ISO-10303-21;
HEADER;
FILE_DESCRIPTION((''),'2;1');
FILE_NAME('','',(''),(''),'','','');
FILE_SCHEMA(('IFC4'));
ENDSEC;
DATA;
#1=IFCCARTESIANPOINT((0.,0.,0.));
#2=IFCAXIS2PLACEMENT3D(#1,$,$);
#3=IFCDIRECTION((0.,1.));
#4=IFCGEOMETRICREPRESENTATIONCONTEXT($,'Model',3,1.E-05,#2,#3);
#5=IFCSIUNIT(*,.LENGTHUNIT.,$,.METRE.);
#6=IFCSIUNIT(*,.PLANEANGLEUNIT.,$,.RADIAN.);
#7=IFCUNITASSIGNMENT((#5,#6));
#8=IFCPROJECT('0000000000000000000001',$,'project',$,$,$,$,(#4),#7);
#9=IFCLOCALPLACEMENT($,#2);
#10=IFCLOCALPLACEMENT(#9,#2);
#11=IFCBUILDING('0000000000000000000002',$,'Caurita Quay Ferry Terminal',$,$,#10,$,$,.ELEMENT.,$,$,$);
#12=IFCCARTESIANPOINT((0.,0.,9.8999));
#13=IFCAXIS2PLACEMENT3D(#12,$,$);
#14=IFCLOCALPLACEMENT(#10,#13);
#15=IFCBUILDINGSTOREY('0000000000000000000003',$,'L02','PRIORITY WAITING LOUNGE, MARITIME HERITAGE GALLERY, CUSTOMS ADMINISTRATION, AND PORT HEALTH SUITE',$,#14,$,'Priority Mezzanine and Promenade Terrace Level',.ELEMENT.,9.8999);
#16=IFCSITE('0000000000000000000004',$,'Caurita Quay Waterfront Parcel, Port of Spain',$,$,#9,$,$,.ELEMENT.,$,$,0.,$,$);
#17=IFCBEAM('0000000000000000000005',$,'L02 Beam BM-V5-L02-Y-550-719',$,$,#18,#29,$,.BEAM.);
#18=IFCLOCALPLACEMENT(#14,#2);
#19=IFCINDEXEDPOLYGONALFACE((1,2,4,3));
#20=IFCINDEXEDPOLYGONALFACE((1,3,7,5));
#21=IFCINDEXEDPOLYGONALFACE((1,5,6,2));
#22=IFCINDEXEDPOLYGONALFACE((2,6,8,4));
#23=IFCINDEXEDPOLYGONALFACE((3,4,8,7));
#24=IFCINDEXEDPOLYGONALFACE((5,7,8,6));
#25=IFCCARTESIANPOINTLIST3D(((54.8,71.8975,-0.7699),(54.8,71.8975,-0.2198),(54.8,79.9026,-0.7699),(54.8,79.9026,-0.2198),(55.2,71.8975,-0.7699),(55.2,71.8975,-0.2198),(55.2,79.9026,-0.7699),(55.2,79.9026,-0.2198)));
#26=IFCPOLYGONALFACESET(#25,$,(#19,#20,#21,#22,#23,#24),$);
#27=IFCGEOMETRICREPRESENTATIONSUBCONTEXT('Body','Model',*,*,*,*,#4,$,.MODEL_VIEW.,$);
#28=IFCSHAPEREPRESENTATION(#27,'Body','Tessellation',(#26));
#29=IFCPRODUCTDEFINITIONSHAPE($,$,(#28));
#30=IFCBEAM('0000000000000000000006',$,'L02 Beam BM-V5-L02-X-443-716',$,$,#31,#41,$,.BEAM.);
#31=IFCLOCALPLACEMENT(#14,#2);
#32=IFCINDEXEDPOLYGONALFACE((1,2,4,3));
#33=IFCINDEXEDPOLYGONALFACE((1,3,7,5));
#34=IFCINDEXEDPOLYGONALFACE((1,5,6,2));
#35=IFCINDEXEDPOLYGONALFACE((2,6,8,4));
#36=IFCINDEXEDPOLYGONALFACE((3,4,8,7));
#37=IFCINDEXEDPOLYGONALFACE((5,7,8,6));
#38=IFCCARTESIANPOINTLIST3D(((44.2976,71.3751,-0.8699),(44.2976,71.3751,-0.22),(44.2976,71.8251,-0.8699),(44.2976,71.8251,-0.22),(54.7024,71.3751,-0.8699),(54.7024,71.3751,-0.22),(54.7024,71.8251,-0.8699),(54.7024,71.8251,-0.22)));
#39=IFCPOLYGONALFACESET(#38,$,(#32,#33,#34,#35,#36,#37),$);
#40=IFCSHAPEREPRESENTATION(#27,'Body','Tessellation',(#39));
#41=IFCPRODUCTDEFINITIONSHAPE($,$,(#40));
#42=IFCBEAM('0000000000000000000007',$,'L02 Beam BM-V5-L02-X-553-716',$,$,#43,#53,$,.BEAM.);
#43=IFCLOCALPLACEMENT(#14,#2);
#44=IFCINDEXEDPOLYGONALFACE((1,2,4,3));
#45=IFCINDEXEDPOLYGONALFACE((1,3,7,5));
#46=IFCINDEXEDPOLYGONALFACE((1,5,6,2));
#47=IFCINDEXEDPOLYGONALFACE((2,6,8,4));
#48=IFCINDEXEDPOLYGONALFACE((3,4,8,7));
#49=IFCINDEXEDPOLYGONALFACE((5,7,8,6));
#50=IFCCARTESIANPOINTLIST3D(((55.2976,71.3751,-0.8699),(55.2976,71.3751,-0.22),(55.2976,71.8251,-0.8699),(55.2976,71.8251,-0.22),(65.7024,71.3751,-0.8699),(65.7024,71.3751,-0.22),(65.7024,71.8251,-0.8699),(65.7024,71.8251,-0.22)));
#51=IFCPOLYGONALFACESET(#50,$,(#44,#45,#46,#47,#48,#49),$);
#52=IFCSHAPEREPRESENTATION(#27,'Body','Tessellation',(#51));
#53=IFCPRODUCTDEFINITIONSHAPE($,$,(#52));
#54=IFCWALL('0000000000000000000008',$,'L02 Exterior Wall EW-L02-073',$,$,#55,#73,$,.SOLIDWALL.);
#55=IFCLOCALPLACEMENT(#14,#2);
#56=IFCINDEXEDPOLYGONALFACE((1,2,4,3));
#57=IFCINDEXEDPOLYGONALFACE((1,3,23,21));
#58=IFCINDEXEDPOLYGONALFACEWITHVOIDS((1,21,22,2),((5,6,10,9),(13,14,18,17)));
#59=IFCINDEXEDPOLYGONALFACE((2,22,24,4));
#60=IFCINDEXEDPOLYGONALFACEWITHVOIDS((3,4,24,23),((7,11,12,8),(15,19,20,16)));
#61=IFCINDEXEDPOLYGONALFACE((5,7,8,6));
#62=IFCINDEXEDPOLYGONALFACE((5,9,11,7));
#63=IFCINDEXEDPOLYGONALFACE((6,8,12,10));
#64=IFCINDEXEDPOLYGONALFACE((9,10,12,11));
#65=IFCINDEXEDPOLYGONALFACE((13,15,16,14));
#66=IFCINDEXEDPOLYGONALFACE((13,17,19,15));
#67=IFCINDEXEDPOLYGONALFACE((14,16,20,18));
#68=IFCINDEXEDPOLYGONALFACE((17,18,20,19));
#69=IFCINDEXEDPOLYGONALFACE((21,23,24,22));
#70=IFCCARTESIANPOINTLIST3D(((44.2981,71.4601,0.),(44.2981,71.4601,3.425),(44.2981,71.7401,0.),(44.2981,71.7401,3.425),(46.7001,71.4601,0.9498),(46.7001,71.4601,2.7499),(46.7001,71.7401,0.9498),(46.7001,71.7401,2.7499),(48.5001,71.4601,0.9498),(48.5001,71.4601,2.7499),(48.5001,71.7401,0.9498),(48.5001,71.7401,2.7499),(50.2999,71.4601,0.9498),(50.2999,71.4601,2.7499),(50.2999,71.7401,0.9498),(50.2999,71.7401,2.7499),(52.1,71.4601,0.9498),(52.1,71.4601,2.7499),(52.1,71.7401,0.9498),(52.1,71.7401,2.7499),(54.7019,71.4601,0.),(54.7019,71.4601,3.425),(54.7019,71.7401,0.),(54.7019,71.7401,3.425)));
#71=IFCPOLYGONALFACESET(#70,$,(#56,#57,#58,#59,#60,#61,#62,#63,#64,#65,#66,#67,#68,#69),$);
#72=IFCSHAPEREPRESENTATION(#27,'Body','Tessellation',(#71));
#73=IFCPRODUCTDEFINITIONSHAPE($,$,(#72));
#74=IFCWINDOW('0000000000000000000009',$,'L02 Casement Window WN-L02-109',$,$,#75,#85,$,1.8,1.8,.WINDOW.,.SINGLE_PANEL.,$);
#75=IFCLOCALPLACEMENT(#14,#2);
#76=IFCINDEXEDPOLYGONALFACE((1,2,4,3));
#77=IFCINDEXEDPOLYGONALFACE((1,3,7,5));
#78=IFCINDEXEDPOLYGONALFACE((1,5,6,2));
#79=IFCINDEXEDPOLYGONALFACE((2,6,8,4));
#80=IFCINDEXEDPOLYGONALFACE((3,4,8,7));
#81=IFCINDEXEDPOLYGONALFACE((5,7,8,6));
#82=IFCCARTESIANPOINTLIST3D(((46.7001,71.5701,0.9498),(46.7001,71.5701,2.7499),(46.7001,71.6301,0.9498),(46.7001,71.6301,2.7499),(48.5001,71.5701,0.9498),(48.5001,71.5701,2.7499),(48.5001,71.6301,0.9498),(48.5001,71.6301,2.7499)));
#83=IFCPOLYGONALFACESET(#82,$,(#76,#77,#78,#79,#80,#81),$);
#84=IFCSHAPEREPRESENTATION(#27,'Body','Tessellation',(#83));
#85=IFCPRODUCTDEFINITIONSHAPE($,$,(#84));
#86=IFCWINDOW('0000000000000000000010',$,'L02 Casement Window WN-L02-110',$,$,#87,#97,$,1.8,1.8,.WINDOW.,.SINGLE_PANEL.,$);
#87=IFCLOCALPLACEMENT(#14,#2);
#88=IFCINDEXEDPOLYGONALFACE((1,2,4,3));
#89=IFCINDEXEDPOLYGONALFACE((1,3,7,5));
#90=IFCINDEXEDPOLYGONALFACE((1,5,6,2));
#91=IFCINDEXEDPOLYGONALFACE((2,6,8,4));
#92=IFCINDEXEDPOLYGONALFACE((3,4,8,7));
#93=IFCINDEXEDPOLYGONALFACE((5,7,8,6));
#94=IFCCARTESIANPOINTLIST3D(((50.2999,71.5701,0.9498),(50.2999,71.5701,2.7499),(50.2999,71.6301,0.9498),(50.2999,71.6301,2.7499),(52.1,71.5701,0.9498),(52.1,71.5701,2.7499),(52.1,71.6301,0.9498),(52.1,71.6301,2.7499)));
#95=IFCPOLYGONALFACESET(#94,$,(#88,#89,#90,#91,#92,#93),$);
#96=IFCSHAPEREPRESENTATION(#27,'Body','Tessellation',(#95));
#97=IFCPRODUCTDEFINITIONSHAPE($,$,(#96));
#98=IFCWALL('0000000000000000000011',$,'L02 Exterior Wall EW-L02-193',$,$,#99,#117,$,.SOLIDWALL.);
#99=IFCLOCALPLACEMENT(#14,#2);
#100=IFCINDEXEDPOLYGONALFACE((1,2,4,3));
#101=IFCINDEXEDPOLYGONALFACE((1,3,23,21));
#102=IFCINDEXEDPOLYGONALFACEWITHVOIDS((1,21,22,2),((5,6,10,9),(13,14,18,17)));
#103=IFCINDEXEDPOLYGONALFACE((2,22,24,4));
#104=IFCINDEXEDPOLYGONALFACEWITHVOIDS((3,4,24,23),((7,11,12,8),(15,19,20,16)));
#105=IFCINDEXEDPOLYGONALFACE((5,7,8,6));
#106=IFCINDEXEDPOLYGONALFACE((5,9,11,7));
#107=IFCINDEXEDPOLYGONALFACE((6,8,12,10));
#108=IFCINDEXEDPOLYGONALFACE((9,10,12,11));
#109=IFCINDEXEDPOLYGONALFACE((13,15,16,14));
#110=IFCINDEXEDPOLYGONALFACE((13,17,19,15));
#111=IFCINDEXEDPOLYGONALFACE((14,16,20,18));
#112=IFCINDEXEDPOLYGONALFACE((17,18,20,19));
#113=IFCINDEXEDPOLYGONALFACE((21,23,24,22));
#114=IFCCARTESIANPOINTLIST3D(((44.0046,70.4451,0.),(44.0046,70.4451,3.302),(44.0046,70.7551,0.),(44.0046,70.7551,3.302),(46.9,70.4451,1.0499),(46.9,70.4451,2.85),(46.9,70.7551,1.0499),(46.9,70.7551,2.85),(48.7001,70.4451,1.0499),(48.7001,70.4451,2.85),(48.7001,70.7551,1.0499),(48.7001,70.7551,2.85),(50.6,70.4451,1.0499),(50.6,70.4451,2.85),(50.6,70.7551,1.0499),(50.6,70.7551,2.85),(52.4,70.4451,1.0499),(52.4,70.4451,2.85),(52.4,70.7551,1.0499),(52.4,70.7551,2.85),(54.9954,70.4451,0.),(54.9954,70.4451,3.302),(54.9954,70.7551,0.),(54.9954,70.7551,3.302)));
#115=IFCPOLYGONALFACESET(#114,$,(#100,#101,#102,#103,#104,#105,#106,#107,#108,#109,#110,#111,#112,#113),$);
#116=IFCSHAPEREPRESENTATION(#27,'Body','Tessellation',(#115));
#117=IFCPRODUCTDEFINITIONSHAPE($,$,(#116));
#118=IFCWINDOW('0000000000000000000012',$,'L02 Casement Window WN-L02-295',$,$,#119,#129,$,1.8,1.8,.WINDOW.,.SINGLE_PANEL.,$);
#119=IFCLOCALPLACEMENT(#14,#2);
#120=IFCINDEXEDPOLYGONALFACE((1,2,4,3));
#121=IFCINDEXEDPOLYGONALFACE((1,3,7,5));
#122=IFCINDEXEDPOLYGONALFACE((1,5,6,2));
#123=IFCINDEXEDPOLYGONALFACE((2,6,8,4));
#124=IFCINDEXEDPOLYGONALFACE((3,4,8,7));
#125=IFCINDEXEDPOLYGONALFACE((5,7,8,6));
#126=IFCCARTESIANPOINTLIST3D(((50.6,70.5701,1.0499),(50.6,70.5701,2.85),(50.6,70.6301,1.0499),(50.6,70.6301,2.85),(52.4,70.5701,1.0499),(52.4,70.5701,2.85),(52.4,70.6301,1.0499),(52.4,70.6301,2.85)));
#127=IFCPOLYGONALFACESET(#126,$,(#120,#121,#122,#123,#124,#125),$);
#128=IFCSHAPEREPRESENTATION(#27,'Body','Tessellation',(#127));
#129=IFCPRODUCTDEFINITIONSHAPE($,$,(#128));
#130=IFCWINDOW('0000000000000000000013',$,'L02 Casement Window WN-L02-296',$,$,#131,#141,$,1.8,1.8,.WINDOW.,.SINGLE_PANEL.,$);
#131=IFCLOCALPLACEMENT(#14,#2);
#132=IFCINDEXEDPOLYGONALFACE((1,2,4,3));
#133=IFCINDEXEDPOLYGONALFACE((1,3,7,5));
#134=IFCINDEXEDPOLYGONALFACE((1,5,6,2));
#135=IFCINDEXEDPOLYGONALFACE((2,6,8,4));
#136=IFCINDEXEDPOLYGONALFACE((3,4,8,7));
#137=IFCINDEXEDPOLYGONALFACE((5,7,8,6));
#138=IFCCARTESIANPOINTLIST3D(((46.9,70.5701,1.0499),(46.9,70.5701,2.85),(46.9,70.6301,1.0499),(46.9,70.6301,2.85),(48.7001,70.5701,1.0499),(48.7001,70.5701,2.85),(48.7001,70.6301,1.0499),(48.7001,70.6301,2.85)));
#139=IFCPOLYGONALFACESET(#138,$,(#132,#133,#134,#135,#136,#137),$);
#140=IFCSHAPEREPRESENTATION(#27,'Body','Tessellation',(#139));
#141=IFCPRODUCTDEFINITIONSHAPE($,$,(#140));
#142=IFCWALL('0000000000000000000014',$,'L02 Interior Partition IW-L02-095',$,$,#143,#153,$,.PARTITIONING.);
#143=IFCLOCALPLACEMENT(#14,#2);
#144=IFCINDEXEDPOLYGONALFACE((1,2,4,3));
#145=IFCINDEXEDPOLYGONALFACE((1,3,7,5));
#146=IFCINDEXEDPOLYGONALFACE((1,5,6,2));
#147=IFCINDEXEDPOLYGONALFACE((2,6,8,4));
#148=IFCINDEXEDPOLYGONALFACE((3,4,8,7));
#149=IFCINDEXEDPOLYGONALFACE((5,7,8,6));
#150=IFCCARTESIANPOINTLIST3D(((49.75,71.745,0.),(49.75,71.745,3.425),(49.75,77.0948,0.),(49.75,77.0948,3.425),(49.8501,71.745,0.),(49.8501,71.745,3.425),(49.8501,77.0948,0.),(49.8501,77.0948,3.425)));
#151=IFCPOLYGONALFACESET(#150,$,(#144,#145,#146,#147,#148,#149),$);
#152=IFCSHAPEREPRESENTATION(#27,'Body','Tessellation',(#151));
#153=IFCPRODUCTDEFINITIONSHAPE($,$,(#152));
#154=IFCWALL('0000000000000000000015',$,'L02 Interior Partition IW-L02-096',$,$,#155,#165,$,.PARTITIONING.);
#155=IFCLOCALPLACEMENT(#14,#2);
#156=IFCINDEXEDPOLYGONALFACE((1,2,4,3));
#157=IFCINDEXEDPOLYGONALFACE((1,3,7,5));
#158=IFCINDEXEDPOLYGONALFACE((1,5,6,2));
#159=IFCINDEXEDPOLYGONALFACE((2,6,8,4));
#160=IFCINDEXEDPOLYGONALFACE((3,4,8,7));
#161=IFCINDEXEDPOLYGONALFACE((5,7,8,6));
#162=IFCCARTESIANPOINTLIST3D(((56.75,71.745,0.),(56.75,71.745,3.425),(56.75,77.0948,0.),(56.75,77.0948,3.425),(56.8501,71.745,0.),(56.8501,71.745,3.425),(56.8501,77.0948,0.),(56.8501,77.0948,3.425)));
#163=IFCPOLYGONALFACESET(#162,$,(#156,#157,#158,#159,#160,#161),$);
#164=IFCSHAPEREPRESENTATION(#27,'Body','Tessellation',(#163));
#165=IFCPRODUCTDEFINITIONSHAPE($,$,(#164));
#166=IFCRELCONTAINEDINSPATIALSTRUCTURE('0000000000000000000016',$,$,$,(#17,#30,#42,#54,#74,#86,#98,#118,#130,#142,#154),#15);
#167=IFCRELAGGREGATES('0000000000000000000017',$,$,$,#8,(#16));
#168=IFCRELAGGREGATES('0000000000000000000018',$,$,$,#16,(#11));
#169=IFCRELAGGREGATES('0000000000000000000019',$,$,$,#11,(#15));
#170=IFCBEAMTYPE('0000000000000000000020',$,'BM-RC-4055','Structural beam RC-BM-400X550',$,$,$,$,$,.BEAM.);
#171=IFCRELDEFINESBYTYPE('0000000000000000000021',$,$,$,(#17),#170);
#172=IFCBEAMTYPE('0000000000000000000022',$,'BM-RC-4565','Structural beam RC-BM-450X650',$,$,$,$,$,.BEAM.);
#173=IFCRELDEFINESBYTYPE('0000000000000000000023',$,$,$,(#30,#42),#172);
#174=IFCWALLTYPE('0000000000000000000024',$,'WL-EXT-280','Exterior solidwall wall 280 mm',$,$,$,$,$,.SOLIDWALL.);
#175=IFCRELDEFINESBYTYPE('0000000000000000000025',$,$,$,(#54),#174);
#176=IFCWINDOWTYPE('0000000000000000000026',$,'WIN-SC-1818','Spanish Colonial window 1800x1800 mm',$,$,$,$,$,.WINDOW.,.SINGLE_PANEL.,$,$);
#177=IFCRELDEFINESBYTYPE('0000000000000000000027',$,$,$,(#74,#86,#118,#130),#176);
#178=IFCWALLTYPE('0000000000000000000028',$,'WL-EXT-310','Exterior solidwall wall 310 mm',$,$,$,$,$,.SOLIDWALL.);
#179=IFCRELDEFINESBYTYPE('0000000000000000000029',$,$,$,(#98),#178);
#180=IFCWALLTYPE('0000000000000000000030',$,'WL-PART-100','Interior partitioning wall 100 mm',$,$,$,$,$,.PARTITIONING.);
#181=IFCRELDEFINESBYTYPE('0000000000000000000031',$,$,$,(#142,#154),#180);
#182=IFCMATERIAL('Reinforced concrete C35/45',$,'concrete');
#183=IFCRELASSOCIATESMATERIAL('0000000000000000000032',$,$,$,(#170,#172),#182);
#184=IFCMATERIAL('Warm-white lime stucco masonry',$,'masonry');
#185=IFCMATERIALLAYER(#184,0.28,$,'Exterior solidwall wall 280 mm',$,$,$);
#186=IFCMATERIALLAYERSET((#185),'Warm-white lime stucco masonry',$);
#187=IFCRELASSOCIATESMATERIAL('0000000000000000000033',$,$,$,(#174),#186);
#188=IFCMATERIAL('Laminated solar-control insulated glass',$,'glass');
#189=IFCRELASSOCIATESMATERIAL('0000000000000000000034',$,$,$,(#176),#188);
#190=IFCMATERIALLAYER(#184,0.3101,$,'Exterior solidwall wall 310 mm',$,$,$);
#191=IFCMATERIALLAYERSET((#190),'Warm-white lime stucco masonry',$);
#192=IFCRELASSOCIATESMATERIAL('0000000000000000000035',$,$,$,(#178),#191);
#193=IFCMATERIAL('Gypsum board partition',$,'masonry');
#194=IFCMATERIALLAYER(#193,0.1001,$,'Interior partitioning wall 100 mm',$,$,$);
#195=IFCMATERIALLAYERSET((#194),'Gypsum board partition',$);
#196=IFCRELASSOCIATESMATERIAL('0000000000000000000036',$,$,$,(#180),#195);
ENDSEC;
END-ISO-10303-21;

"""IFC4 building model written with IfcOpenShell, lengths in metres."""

from ifc_helpers import new_model, si_unit, direction, frame, frame_2d, origin, origin_2d, place, context, subcontext, project, spatial, rectangle, extrude, material, layer, layer_set, material_profile, profile_set, type_object, element, fill, save


model = new_model("IFC4")

# Units and contexts
model_context = context("Model", 3, precision=1e-05, world=origin(), true_north=direction((0.0, 1.0)))
body_context = subcontext(model_context, "Body", "Model", "MODEL_VIEW")
ifc_project = project(units=[si_unit("LENGTHUNIT", "METRE"), si_unit("PLANEANGLEUNIT", "RADIAN")], contexts=[model_context])

# Site, building, storey
site_placement = place(None, origin())
site = spatial("IfcSite", under=ifc_project, at=site_placement, Name="Caurita Quay Waterfront Parcel, Port of Spain", CompositionType="ELEMENT", RefElevation=0.0)
building_placement = place(site_placement, origin())
building = spatial("IfcBuilding", under=site, at=building_placement, Name="Caurita Quay Ferry Terminal", CompositionType="ELEMENT")
storey_placement = place(building_placement, frame((0.0, 0.0, 9.8999)))
storey = spatial("IfcBuildingStorey", under=building, at=storey_placement, Name="L02", Description="PRIORITY WAITING LOUNGE, MARITIME HERITAGE GALLERY, CUSTOMS ADMINISTRATION, AND PORT HEALTH SUITE", LongName="Priority Mezzanine and Promenade Terrace Level", CompositionType="ELEMENT", Elevation=9.8999)

# Shared definitions
ifc_material_1 = material(Name="Reinforced concrete C35/45", Category="concrete")

# Beams
ifc_material_profile_1 = material_profile(ifc_material_1, rectangle(XDim=0.3999, YDim=0.55, at=origin_2d()), Name="RC-BM-400X550")
ifc_profile_set_1 = profile_set([ifc_material_profile_1], Name="Reinforced concrete C35/45")
beam_type_1 = type_object("IfcBeamType", Name="BM-RC-4055", Description="Structural beam RC-BM-400X550", PredefinedType="BEAM", material=ifc_profile_set_1)
beam_1_placement = place(storey_placement, frame((55.0, 71.8975, -0.4949), z_axis=(0.0, 1.0, 0.0), x_axis=(-1.0, 0.0, 0.0)))
element("IfcBeam", 1, at=beam_1_placement, inside=storey, type_object=beam_type_1, Name="L02 Beam BM-V5-L02-Y-550-719", PredefinedType="BEAM", context=body_context, shape_type="SweptSolid", body=[
    extrude(rectangle(XDim=0.3999, YDim=0.55, at=origin_2d()), origin(), (0.0, 0.0, 1.0), 8.0051),
])
ifc_material_profile_2 = material_profile(ifc_material_1, rectangle(XDim=0.45, YDim=0.6499, at=origin_2d()), Name="RC-BM-450X650")
ifc_profile_set_2 = profile_set([ifc_material_profile_2], Name="Reinforced concrete C35/45")
beam_type_2 = type_object("IfcBeamType", Name="BM-RC-4565", Description="Structural beam RC-BM-450X650", PredefinedType="BEAM", material=ifc_profile_set_2)
for number, where, z_axis, x_axis, name in (
    (2, (44.2976, 71.6001, -0.5449), (1.0, 0.0, 0.0), (0.0, 1.0, 0.0), "L02 Beam BM-V5-L02-X-443-716"),
    (3, (55.2976, 71.6001, -0.5449), (1.0, 0.0, 0.0), (0.0, 1.0, 0.0), "L02 Beam BM-V5-L02-X-553-716"),
):
    element("IfcBeam", number, at=place(storey_placement, frame(where, z_axis=z_axis, x_axis=x_axis)), inside=storey, type_object=beam_type_2, Name=name, PredefinedType="BEAM", context=body_context, shape_type="SweptSolid", body=[
        extrude(rectangle(XDim=0.45, YDim=0.6499, at=origin_2d()), origin(), (0.0, 0.0, 1.0), 10.4048),
    ])

# Wall, openings, windows
ifc_material_2 = material(Name="Warm-white lime stucco masonry", Category="masonry")
ifc_layer_1 = layer(ifc_material_2, 0.28, Name="Exterior solidwall wall 280 mm")
ifc_layer_set_1 = layer_set([ifc_layer_1], Name="Warm-white lime stucco masonry")
wall_type_1 = type_object("IfcWallType", Name="WL-EXT-280", Description="Exterior solidwall wall 280 mm", PredefinedType="SOLIDWALL", material=ifc_layer_set_1)
wall_1_placement = place(storey_placement, frame((44.2981, 71.6001, 0.0), z_axis=(0.0, 0.0, 1.0), x_axis=(1.0, 0.0, 0.0)))
wall_1 = element("IfcWall", 4, at=wall_1_placement, inside=storey, type_object=wall_type_1, Name="L02 Exterior Wall EW-L02-073", PredefinedType="SOLIDWALL", context=body_context, shape_type="SweptSolid", body=[
    extrude(rectangle(XDim=10.4038, YDim=0.28, at=frame_2d((5.2019, 0.0))), origin(), (0.0, 0.0, 1.0), 3.425),
])
opening_1_placement = place(wall_1_placement, frame((2.4021, 0.0, 0.95)))
opening_1 = element("IfcOpeningElement", 5, at=opening_1_placement, cuts=wall_1, PredefinedType="OPENING", context=body_context, shape_type="SweptSolid", body=[
    extrude(rectangle(XDim=1.8, YDim=1.8, at=frame_2d((0.8999, 0.8999))), frame((0.0, 0.1499, 0.0), z_axis=(0.0, -1.0, 0.0), x_axis=(1.0, 0.0, 0.0)), (0.0, 0.0, 1.0), 0.3),
])
opening_2_placement = place(wall_1_placement, frame((6.002, 0.0, 0.95)))
opening_2 = element("IfcOpeningElement", 6, at=opening_2_placement, cuts=wall_1, PredefinedType="OPENING", context=body_context, shape_type="SweptSolid", body=[
    extrude(rectangle(XDim=1.8, YDim=1.8, at=frame_2d((0.8999, 0.8999))), frame((0.0, 0.1499, 0.0), z_axis=(0.0, -1.0, 0.0), x_axis=(1.0, 0.0, 0.0)), (0.0, 0.0, 1.0), 0.3),
])
ifc_material_3 = material(Name="Laminated solar-control insulated glass", Category="glass")
window_type = type_object("IfcWindowType", Name="WIN-SC-1818", Description="Spanish Colonial window 1800x1800 mm", PartitioningType="SINGLE_PANEL", PredefinedType="WINDOW", material=ifc_material_3)
window_1_placement = place(opening_1_placement, origin())
window_1 = element("IfcWindow", 7, at=window_1_placement, inside=storey, type_object=window_type, Name="L02 Casement Window WN-L02-109", OverallHeight=1.8, OverallWidth=1.8, PartitioningType="SINGLE_PANEL", PredefinedType="WINDOW", context=body_context, shape_type="SweptSolid", body=[
    extrude(rectangle(XDim=1.8, YDim=1.8, at=frame_2d((0.8999, 0.8999))), frame((0.0, 0.03, 0.0), z_axis=(0.0, -1.0, 0.0), x_axis=(1.0, 0.0, 0.0)), (0.0, 0.0, 1.0), 0.0601),
])
fill(opening_1, window_1)
window_2_placement = place(opening_2_placement, origin())
window_2 = element("IfcWindow", 8, at=window_2_placement, inside=storey, type_object=window_type, Name="L02 Casement Window WN-L02-110", OverallHeight=1.8, OverallWidth=1.8, PartitioningType="SINGLE_PANEL", PredefinedType="WINDOW", context=body_context, shape_type="SweptSolid", body=[
    extrude(rectangle(XDim=1.8, YDim=1.8, at=frame_2d((0.8999, 0.8999))), frame((0.0, 0.03, 0.0), z_axis=(0.0, -1.0, 0.0), x_axis=(1.0, 0.0, 0.0)), (0.0, 0.0, 1.0), 0.0601),
])
fill(opening_2, window_2)

# Wall, openings, windows
ifc_layer_2 = layer(ifc_material_2, 0.3101, Name="Exterior solidwall wall 310 mm")
ifc_layer_set_2 = layer_set([ifc_layer_2], Name="Warm-white lime stucco masonry")
wall_type_2 = type_object("IfcWallType", Name="WL-EXT-310", Description="Exterior solidwall wall 310 mm", PredefinedType="SOLIDWALL", material=ifc_layer_set_2)
wall_2_placement = place(storey_placement, frame((54.9954, 70.6001, 0.0), z_axis=(0.0, 0.0, 1.0), x_axis=(-1.0, 0.0, 0.0)))
wall_2 = element("IfcWall", 9, at=wall_2_placement, inside=storey, type_object=wall_type_2, Name="L02 Exterior Wall EW-L02-193", PredefinedType="SOLIDWALL", context=body_context, shape_type="SweptSolid", body=[
    extrude(rectangle(XDim=10.9907, YDim=0.3101, at=frame_2d((5.4954, 0.0))), origin(), (0.0, 0.0, 1.0), 3.302),
])
opening_3_placement = place(wall_2_placement, frame((2.5955, 0.0, 1.05)))
opening_3 = element("IfcOpeningElement", 10, at=opening_3_placement, cuts=wall_2, PredefinedType="OPENING", context=body_context, shape_type="SweptSolid", body=[
    extrude(rectangle(XDim=1.8, YDim=1.8, at=frame_2d((0.8999, 0.8999))), frame((0.0, 0.165, 0.0), z_axis=(0.0, -1.0, 0.0), x_axis=(1.0, 0.0, 0.0)), (0.0, 0.0, 1.0), 0.3301),
])
opening_4_placement = place(wall_2_placement, frame((6.2954, 0.0, 1.05)))
opening_4 = element("IfcOpeningElement", 11, at=opening_4_placement, cuts=wall_2, PredefinedType="OPENING", context=body_context, shape_type="SweptSolid", body=[
    extrude(rectangle(XDim=1.8, YDim=1.8, at=frame_2d((0.8999, 0.8999))), frame((0.0, 0.165, 0.0), z_axis=(0.0, -1.0, 0.0), x_axis=(1.0, 0.0, 0.0)), (0.0, 0.0, 1.0), 0.3301),
])
window_3_placement = place(opening_3_placement, origin())
window_3 = element("IfcWindow", 12, at=window_3_placement, inside=storey, type_object=window_type, Name="L02 Casement Window WN-L02-295", OverallHeight=1.8, OverallWidth=1.8, PartitioningType="SINGLE_PANEL", PredefinedType="WINDOW", context=body_context, shape_type="SweptSolid", body=[
    extrude(rectangle(XDim=1.8, YDim=1.8, at=frame_2d((0.8999, 0.8999))), frame((0.0, 0.03, 0.0), z_axis=(0.0, -1.0, 0.0), x_axis=(1.0, 0.0, 0.0)), (0.0, 0.0, 1.0), 0.0601),
])
fill(opening_3, window_3)
window_4_placement = place(opening_4_placement, origin())
window_4 = element("IfcWindow", 13, at=window_4_placement, inside=storey, type_object=window_type, Name="L02 Casement Window WN-L02-296", OverallHeight=1.8, OverallWidth=1.8, PartitioningType="SINGLE_PANEL", PredefinedType="WINDOW", context=body_context, shape_type="SweptSolid", body=[
    extrude(rectangle(XDim=1.8, YDim=1.8, at=frame_2d((0.8999, 0.8999))), frame((0.0, 0.03, 0.0), z_axis=(0.0, -1.0, 0.0), x_axis=(1.0, 0.0, 0.0)), (0.0, 0.0, 1.0), 0.0601),
])
fill(opening_4, window_4)

# Walls
ifc_material_4 = material(Name="Gypsum board partition", Category="masonry")
ifc_layer_3 = layer(ifc_material_4, 0.1001, Name="Interior partitioning wall 100 mm")
ifc_layer_set_3 = layer_set([ifc_layer_3], Name="Gypsum board partition")
wall_type_3 = type_object("IfcWallType", Name="WL-PART-100", Description="Interior partitioning wall 100 mm", PredefinedType="PARTITIONING", material=ifc_layer_set_3)
for number, where, z_axis, x_axis, name in (
    (14, (49.8, 71.7451, 0.0), (0.0, 0.0, 1.0), (0.0, 1.0, 0.0), "L02 Interior Partition IW-L02-095"),
    (15, (56.8, 71.7451, 0.0), (0.0, 0.0, 1.0), (0.0, 1.0, 0.0), "L02 Interior Partition IW-L02-096"),
):
    element("IfcWall", number, at=place(storey_placement, frame(where, z_axis=z_axis, x_axis=x_axis)), inside=storey, type_object=wall_type_3, Name=name, PredefinedType="PARTITIONING", context=body_context, shape_type="SweptSolid", body=[
        extrude(rectangle(XDim=5.3499, YDim=0.1001, at=frame_2d((2.6748, 0.0))), origin(), (0.0, 0.0, 1.0), 3.425),
    ])

save(model, "model.ifc")
